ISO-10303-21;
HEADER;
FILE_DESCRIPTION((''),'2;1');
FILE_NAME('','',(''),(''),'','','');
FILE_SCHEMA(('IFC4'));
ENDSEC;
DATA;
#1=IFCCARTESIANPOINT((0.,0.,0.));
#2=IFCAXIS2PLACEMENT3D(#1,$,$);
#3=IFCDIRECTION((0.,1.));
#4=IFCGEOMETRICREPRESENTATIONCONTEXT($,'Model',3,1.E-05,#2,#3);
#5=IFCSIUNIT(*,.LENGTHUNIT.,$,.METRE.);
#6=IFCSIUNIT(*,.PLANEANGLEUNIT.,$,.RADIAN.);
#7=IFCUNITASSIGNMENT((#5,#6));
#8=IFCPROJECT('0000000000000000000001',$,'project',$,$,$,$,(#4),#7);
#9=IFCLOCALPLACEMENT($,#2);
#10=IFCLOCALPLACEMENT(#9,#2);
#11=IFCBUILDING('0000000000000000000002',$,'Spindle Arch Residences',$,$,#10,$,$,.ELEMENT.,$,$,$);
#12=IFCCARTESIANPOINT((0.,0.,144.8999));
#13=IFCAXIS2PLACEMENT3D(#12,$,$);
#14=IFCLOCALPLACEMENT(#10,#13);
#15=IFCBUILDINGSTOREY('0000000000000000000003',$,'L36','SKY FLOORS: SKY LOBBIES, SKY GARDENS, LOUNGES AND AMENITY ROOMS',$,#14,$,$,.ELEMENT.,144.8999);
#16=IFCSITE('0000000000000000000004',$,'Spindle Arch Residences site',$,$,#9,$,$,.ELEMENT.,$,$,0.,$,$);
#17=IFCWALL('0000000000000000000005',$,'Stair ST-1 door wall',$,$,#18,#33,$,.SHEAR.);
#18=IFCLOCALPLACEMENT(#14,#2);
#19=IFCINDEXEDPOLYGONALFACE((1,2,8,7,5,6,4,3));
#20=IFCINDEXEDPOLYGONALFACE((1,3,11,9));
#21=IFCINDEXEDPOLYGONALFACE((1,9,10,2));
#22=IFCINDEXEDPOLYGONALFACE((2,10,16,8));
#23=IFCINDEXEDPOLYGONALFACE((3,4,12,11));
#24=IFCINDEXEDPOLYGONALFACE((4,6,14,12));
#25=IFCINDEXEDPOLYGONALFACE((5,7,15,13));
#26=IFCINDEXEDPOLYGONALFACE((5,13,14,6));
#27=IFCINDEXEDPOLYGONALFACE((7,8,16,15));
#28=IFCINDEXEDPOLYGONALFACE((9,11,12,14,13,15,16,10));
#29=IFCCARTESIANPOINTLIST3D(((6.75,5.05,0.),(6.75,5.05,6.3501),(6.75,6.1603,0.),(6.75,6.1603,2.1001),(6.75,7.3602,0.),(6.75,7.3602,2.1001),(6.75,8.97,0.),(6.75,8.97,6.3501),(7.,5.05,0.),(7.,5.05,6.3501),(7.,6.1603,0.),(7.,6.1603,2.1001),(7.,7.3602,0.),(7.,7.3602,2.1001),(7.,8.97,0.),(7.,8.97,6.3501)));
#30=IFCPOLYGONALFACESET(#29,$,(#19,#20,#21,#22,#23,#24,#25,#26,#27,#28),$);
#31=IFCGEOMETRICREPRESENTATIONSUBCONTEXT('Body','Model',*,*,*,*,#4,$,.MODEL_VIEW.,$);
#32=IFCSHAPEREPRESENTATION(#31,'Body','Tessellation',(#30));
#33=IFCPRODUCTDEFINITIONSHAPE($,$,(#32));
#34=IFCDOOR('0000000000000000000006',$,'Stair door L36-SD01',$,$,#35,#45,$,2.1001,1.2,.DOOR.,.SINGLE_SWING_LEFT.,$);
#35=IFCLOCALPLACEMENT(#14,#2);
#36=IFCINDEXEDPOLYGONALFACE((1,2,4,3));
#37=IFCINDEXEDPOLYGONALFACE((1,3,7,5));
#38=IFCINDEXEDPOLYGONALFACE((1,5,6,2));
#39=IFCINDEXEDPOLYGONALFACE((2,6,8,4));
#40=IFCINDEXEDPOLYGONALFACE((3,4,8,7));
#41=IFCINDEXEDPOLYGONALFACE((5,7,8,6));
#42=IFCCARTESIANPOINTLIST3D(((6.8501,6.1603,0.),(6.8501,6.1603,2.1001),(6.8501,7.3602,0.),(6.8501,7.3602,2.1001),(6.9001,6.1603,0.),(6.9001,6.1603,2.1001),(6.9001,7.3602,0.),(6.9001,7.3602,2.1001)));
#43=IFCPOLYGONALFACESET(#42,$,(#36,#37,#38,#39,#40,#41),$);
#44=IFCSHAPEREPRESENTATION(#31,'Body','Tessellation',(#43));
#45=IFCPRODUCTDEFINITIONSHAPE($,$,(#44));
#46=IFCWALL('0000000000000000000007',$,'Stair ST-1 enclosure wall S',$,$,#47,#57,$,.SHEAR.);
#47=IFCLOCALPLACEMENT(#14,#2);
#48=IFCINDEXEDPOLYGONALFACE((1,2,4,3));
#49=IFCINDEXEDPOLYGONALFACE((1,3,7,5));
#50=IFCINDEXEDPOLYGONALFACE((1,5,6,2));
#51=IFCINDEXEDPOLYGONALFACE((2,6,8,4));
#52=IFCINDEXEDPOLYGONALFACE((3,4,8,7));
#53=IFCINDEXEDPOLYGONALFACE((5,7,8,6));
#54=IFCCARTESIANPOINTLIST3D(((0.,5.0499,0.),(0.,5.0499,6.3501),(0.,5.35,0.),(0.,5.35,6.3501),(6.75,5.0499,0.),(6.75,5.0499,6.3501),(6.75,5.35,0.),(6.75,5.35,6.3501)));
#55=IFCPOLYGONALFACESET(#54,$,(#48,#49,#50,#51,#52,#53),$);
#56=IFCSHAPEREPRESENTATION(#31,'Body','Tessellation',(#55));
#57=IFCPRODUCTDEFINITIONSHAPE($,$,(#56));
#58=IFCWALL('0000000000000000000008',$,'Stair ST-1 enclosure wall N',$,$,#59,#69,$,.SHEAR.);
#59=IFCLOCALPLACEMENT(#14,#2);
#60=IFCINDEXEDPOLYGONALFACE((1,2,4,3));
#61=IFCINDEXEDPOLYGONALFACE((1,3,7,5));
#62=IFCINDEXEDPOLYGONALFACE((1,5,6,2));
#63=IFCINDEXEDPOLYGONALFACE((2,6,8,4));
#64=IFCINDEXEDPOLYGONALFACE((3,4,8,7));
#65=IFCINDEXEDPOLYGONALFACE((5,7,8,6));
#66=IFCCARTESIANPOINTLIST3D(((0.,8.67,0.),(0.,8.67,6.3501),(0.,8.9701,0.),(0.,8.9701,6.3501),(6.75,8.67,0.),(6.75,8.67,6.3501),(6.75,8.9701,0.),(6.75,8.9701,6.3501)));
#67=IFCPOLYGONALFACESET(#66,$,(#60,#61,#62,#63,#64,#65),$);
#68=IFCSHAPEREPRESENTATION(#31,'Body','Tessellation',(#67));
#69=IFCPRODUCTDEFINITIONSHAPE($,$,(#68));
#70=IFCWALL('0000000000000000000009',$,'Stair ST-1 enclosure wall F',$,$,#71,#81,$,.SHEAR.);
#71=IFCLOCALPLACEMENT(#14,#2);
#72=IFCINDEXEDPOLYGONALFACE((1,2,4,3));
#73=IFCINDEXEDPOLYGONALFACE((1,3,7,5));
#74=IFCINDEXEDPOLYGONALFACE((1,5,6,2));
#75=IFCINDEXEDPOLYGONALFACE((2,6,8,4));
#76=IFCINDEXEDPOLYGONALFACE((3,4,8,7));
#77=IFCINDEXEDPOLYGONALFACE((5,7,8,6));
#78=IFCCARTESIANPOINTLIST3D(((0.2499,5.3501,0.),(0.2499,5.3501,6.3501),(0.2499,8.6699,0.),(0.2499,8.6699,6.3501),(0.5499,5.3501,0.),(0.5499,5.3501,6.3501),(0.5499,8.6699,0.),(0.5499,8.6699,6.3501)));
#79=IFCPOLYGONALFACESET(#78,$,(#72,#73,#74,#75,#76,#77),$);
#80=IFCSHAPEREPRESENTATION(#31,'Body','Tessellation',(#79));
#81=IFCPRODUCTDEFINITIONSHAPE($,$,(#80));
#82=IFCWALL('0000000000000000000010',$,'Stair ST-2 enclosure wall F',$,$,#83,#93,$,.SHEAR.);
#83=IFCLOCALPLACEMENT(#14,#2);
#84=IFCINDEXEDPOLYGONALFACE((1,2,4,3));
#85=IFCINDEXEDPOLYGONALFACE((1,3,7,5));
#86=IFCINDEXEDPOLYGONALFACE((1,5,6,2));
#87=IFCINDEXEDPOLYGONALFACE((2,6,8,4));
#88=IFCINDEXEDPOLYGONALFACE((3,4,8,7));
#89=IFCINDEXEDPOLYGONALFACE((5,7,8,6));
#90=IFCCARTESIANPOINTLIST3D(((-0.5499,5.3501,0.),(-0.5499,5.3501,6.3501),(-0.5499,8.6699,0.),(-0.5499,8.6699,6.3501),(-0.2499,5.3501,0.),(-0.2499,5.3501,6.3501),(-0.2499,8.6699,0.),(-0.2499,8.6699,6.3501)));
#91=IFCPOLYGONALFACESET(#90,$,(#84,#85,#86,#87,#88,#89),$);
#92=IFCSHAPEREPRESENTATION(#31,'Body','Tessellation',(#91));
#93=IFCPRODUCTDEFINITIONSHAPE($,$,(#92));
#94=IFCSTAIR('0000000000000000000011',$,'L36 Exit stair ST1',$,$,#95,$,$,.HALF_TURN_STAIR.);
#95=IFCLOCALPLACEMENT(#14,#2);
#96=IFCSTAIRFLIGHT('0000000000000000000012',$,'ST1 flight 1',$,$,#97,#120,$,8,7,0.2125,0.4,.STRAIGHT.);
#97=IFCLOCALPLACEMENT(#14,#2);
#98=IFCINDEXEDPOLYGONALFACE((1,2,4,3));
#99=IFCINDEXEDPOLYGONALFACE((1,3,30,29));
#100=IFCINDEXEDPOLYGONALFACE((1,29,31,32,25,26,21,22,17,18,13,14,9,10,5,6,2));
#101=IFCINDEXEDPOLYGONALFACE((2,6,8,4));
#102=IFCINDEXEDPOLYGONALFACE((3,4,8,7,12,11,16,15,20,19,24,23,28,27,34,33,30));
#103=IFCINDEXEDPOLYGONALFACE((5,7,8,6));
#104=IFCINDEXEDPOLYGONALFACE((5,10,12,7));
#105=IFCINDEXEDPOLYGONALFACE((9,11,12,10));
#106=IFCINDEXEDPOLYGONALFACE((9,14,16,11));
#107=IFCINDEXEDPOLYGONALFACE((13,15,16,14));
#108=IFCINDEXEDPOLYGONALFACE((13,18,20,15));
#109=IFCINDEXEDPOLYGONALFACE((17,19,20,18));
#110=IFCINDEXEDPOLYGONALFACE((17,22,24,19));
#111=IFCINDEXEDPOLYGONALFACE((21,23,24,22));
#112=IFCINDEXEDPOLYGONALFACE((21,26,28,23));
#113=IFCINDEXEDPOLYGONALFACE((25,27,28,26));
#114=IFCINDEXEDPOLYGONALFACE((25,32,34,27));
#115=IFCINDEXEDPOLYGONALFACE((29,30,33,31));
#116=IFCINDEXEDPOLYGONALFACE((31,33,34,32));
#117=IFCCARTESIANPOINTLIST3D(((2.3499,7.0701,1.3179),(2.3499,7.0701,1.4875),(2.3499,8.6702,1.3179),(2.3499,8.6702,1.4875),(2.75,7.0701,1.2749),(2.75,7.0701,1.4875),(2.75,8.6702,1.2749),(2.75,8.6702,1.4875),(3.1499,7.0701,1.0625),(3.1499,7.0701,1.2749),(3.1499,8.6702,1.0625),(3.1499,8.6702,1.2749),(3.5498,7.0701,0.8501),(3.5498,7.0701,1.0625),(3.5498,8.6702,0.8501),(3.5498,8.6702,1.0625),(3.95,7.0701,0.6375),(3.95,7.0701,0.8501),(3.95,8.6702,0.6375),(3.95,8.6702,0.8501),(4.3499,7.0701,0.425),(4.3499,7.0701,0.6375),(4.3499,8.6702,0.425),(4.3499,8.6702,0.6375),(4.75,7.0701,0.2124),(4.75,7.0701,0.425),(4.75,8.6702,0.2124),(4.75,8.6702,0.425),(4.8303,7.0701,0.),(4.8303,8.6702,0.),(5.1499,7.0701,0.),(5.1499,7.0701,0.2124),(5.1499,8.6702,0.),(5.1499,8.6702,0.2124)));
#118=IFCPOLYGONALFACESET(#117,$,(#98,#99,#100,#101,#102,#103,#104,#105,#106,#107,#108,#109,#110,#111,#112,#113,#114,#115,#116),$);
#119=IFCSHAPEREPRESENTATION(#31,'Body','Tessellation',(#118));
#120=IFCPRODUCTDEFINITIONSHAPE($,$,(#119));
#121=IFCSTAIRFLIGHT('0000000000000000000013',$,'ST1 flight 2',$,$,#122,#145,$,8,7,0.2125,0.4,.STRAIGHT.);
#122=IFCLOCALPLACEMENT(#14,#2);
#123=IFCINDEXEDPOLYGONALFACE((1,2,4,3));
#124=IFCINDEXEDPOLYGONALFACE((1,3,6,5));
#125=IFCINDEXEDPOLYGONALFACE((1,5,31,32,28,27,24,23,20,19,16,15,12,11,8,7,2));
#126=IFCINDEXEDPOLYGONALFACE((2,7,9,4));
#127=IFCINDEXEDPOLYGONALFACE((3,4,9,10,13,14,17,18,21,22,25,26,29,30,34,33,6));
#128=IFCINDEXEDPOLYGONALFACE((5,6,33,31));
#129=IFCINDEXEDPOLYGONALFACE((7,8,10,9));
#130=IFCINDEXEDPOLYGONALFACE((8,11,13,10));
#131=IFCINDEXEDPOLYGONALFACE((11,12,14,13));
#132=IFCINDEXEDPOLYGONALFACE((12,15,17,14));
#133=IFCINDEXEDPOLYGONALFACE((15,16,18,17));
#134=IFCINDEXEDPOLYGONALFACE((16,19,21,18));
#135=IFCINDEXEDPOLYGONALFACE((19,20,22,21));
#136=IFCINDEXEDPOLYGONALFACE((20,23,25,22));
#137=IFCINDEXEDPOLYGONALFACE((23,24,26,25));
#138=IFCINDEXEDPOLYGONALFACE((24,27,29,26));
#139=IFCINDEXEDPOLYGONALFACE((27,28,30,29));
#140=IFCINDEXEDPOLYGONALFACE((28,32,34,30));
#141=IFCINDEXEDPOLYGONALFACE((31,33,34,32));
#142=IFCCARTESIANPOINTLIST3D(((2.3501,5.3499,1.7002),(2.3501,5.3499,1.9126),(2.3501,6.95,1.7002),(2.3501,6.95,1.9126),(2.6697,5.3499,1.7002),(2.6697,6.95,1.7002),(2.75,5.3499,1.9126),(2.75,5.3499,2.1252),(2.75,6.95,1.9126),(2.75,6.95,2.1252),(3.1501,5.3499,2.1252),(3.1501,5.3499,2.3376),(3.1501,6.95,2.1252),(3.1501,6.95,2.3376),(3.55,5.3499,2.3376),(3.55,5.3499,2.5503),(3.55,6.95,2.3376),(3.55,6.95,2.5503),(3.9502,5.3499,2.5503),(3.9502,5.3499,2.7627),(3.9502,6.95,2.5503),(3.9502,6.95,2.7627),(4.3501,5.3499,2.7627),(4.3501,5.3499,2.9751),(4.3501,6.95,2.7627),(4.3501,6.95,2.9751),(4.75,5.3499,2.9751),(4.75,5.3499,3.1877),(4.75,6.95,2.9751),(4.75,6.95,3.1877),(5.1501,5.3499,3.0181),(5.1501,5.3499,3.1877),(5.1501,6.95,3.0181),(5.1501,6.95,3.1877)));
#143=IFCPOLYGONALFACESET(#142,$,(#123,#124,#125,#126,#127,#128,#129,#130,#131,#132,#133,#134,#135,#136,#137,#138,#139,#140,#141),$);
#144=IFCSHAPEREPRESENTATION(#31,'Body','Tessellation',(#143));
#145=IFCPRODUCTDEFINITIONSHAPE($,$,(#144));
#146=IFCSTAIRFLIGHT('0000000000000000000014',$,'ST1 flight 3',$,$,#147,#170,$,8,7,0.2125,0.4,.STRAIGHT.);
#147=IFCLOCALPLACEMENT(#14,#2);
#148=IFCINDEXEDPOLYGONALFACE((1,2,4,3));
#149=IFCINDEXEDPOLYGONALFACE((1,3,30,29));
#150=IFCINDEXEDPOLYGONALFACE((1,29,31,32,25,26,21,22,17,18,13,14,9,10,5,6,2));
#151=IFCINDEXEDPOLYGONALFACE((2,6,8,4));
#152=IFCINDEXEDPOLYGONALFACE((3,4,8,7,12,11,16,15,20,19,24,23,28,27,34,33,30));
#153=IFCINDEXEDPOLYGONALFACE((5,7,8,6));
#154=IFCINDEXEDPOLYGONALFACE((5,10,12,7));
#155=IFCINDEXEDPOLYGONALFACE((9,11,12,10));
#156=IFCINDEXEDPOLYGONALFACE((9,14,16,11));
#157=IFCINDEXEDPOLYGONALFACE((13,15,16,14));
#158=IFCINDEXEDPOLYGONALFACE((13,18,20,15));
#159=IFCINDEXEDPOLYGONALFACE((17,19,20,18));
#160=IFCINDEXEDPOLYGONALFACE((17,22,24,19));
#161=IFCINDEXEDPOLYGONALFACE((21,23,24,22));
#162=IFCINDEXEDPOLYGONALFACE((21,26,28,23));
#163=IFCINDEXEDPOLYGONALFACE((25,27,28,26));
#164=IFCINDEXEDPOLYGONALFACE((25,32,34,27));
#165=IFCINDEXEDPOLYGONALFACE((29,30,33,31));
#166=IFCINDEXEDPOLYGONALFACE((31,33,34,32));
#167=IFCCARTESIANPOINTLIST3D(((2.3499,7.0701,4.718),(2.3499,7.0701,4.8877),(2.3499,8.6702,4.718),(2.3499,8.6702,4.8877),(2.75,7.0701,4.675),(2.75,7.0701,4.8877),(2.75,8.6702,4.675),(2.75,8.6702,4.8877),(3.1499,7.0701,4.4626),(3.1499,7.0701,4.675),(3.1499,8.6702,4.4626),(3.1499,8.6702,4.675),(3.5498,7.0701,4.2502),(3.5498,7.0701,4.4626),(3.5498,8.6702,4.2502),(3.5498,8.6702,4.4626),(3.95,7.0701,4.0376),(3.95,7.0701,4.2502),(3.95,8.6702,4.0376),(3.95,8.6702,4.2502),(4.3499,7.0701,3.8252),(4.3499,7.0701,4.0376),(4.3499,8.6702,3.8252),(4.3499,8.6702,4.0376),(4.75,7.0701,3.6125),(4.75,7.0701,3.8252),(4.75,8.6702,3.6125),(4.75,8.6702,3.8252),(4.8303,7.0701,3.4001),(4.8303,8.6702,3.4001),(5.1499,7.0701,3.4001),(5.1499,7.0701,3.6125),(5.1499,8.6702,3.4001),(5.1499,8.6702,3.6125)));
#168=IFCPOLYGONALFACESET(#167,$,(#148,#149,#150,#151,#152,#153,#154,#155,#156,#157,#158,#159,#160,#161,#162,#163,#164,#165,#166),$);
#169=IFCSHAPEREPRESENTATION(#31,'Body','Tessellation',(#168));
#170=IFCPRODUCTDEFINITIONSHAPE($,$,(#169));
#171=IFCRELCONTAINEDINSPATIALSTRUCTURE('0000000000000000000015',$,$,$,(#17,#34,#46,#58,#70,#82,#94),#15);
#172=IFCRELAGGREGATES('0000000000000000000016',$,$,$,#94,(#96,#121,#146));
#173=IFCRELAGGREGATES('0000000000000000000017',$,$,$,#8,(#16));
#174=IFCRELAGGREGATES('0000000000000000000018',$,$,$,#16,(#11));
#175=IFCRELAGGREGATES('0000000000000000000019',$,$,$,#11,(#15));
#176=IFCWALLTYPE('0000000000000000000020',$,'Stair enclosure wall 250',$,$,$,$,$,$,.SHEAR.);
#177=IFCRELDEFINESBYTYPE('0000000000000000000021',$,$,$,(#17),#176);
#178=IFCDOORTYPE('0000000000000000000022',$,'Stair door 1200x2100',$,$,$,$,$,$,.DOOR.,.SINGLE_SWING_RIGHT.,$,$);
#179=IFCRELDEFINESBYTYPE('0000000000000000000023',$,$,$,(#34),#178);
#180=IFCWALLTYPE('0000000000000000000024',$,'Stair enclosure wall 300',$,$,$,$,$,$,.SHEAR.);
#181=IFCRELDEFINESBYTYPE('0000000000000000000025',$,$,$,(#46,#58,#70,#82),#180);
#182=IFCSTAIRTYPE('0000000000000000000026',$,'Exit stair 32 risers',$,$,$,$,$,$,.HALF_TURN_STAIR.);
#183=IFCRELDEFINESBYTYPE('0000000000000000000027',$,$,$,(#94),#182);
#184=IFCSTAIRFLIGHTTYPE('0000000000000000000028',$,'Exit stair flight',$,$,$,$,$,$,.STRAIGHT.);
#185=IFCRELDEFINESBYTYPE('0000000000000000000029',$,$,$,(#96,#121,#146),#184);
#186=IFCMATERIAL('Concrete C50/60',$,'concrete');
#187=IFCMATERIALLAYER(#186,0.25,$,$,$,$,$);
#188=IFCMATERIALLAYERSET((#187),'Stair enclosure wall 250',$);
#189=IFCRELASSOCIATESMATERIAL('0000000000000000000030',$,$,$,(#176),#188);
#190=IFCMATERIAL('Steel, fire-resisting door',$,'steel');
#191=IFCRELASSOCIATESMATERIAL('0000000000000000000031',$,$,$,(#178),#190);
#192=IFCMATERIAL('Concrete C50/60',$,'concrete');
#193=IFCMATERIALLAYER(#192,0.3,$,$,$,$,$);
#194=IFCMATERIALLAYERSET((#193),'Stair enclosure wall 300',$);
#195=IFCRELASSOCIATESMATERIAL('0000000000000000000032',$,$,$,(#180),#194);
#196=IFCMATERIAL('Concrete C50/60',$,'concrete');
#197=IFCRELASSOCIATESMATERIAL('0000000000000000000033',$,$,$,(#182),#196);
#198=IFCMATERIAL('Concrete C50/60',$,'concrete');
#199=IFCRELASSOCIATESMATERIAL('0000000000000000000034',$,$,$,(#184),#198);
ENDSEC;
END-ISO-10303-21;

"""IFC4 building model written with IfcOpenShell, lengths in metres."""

from ifc_helpers import new_model, si_unit, direction, frame, frame_2d, origin, place, context, subcontext, project, spatial, polyline, rectangle, outline, extrude, material, layer, layer_set, type_object, element, fill, aggregate, save


model = new_model("IFC4")

# Units and contexts
model_context = context("Model", 3, precision=1e-05, world=origin(), true_north=direction((0.0, 1.0)))
body_context = subcontext(model_context, "Body", "Model", "MODEL_VIEW")
ifc_project = project(units=[si_unit("LENGTHUNIT", "METRE"), si_unit("PLANEANGLEUNIT", "RADIAN")], contexts=[model_context])

# Site, building, storey
site_placement = place(None, origin())
site = spatial("IfcSite", under=ifc_project, at=site_placement, Name="Spindle Arch Residences site", CompositionType="ELEMENT", RefElevation=0.0)
building_placement = place(site_placement, origin())
building = spatial("IfcBuilding", under=site, at=building_placement, Name="Spindle Arch Residences", CompositionType="ELEMENT")
storey_placement = place(building_placement, frame((0.0, 0.0, 144.8999)))
storey = spatial("IfcBuildingStorey", under=building, at=storey_placement, Name="L36", Description="SKY FLOORS: SKY LOBBIES, SKY GARDENS, LOUNGES AND AMENITY ROOMS", CompositionType="ELEMENT", Elevation=144.8999)

# Wall, opening, door
ifc_material_1 = material(Name="Concrete C50/60", Category="concrete")
ifc_layer_1 = layer(ifc_material_1, 0.25)
ifc_layer_set_1 = layer_set([ifc_layer_1], Name="Stair enclosure wall 250")
wall_type_1 = type_object("IfcWallType", Name="Stair enclosure wall 250", PredefinedType="SHEAR", material=ifc_layer_set_1)
wall_1_placement = place(storey_placement, frame((6.875, 5.05, 0.0), z_axis=(0.0, 0.0, 1.0), x_axis=(0.0, 1.0, 0.0)))
wall_1 = element("IfcWall", 1, at=wall_1_placement, inside=storey, type_object=wall_type_1, Name="Stair ST-1 door wall", PredefinedType="SHEAR", context=body_context, shape_type="SweptSolid", body=[
    extrude(rectangle(XDim=3.9199, YDim=0.25, at=frame_2d((1.96, 0.0))), origin(), (0.0, 0.0, 1.0), 6.3501),
])
opening_1_placement = place(wall_1_placement, frame((1.1101, 0.0, 0.0)))
opening_1 = element("IfcOpeningElement", 2, at=opening_1_placement, cuts=wall_1, PredefinedType="OPENING", context=body_context, shape_type="SweptSolid", body=[
    extrude(rectangle(XDim=1.2, YDim=2.1001, at=frame_2d((0.6001, 1.05))), frame((0.0, 0.135, 0.0), z_axis=(0.0, -1.0, 0.0), x_axis=(1.0, 0.0, 0.0)), (0.0, 0.0, 1.0), 0.27),
])
ifc_material_2 = material(Name="Steel, fire-resisting door", Category="steel")
door_type_1 = type_object("IfcDoorType", Name="Stair door 1200x2100", OperationType="SINGLE_SWING_RIGHT", PredefinedType="DOOR", material=ifc_material_2)
door_1_placement = place(opening_1_placement, origin())
door_1 = element("IfcDoor", 3, at=door_1_placement, inside=storey, type_object=door_type_1, Name="Stair door L36-SD01", OperationType="SINGLE_SWING_LEFT", OverallHeight=2.1001, OverallWidth=1.2, PredefinedType="DOOR", context=body_context, shape_type="SweptSolid", body=[
    extrude(rectangle(XDim=1.2, YDim=2.1001, at=frame_2d((0.6001, 1.05))), frame((0.0, 0.0249, 0.0), z_axis=(0.0, -1.0, 0.0), x_axis=(1.0, 0.0, 0.0)), (0.0, 0.0, 1.0), 0.05),
])
fill(opening_1, door_1)

# Walls
ifc_material_3 = material(Name="Concrete C50/60", Category="concrete")
ifc_layer_2 = layer(ifc_material_3, 0.3)
ifc_layer_set_2 = layer_set([ifc_layer_2], Name="Stair enclosure wall 300")
wall_type_2 = type_object("IfcWallType", Name="Stair enclosure wall 300", PredefinedType="SHEAR", material=ifc_layer_set_2)
for number, where, z_axis, x_axis, name in (
    (4, (0.0, 5.2, 0.0), (0.0, 0.0, 1.0), (1.0, 0.0, 0.0), "Stair ST-1 enclosure wall S"),
    (5, (0.0, 8.8201, 0.0), (0.0, 0.0, 1.0), (1.0, 0.0, 0.0), "Stair ST-1 enclosure wall N"),
):
    element("IfcWall", number, at=place(storey_placement, frame(where, z_axis=z_axis, x_axis=x_axis)), inside=storey, type_object=wall_type_2, Name=name, PredefinedType="SHEAR", context=body_context, shape_type="SweptSolid", body=[
        extrude(rectangle(XDim=6.75, YDim=0.3, at=frame_2d((3.375, 0.0))), origin(), (0.0, 0.0, 1.0), 6.3501),
    ])
for number, where, z_axis, x_axis, name in (
    (6, (0.3999, 5.3501, 0.0), (0.0, 0.0, 1.0), (0.0, 1.0, 0.0), "Stair ST-1 enclosure wall F"),
    (7, (-0.3999, 5.3501, 0.0), (0.0, 0.0, 1.0), (0.0, 1.0, 0.0), "Stair ST-2 enclosure wall F"),
):
    element("IfcWall", number, at=place(storey_placement, frame(where, z_axis=z_axis, x_axis=x_axis)), inside=storey, type_object=wall_type_2, Name=name, PredefinedType="SHEAR", context=body_context, shape_type="SweptSolid", body=[
        extrude(rectangle(XDim=3.3198, YDim=0.3, at=frame_2d((1.6599, 0.0))), origin(), (0.0, 0.0, 1.0), 6.3501),
    ])

# Stair, stair flights
ifc_material_4 = material(Name="Concrete C50/60", Category="concrete")
stair_type = type_object("IfcStairType", Name="Exit stair 32 risers", PredefinedType="HALF_TURN_STAIR", material=ifc_material_4)
stair_placement = place(storey_placement, origin())
stair = element("IfcStair", 8, at=stair_placement, inside=storey, type_object=stair_type, Name="L36 Exit stair ST1", PredefinedType="HALF_TURN_STAIR")
ifc_material_5 = material(Name="Concrete C50/60", Category="concrete")
stair_flight_type = type_object("IfcStairFlightType", Name="Exit stair flight", PredefinedType="STRAIGHT", material=ifc_material_5)
stair_flight_1_placement = place(storey_placement, frame((5.1499, 7.8701, 0.0), z_axis=(0.0, 0.0, 1.0), x_axis=(-1.0, 0.0, 0.0)))
stair_flight_1 = element("IfcStairFlight", 9, at=stair_flight_1_placement, type_object=stair_flight_type, Name="ST1 flight 1", NumberOfRisers=8, NumberOfTreads=7, PredefinedType="STRAIGHT", RiserHeight=0.2125, TreadLength=0.4, context=body_context, shape_type="SweptSolid", body=[
    extrude(outline(polyline([(0.0, 0.0), (0.0, 0.2124), (0.3999, 0.2124), (0.3999, 0.425), (0.8, 0.425), (0.8, 0.6375), (1.2, 0.6375), (1.2, 0.8501), (1.6001, 0.8501), (1.6001, 1.0625), (2.0, 1.0625), (2.0, 1.2749), (2.3999, 1.2749), (2.3999, 1.4875), (2.8, 1.4875), (2.8, 1.7), (2.8, 1.3179), (0.3196, 0.0), (0.0, 0.0)])), frame((0.0, 0.8, 0.0), z_axis=(0.0, -1.0, 0.0), x_axis=(1.0, 0.0, 0.0)), (0.0, 0.0, 1.0), 1.6001),
])
stair_flight_2_placement = place(storey_placement, frame((2.3501, 6.1499, 1.7002), z_axis=(0.0, 0.0, 1.0), x_axis=(1.0, 0.0, 0.0)))
stair_flight_2 = element("IfcStairFlight", 10, at=stair_flight_2_placement, type_object=stair_flight_type, Name="ST1 flight 2", NumberOfRisers=8, NumberOfTreads=7, PredefinedType="STRAIGHT", RiserHeight=0.2125, TreadLength=0.4, context=body_context, shape_type="SweptSolid", body=[
    extrude(outline(polyline([(0.0, 0.0), (0.0, 0.2124), (0.3999, 0.2124), (0.3999, 0.425), (0.8, 0.425), (0.8, 0.6375), (1.2, 0.6375), (1.2, 0.8501), (1.6001, 0.8501), (1.6001, 1.0625), (2.0, 1.0625), (2.0, 1.2749), (2.3999, 1.2749), (2.3999, 1.4875), (2.8, 1.4875), (2.8, 1.7), (2.8, 1.3179), (0.3196, 0.0), (0.0, 0.0)])), frame((0.0, 0.8, 0.0), z_axis=(0.0, -1.0, 0.0), x_axis=(1.0, 0.0, 0.0)), (0.0, 0.0, 1.0), 1.6001),
])
stair_flight_3_placement = place(storey_placement, frame((5.1499, 7.8701, 3.4001), z_axis=(0.0, 0.0, 1.0), x_axis=(-1.0, 0.0, 0.0)))
stair_flight_3 = element("IfcStairFlight", 11, at=stair_flight_3_placement, type_object=stair_flight_type, Name="ST1 flight 3", NumberOfRisers=8, NumberOfTreads=7, PredefinedType="STRAIGHT", RiserHeight=0.2125, TreadLength=0.4, context=body_context, shape_type="SweptSolid", body=[
    extrude(outline(polyline([(0.0, 0.0), (0.0, 0.2124), (0.3999, 0.2124), (0.3999, 0.425), (0.8, 0.425), (0.8, 0.6375), (1.2, 0.6375), (1.2, 0.8501), (1.6001, 0.8501), (1.6001, 1.0625), (2.0, 1.0625), (2.0, 1.2749), (2.3999, 1.2749), (2.3999, 1.4875), (2.8, 1.4875), (2.8, 1.7), (2.8, 1.3179), (0.3196, 0.0), (0.0, 0.0)])), frame((0.0, 0.8, 0.0), z_axis=(0.0, -1.0, 0.0), x_axis=(1.0, 0.0, 0.0)), (0.0, 0.0, 1.0), 1.6001),
])
aggregate(stair, [stair_flight_1, stair_flight_2, stair_flight_3])

save(model, "model.ifc")
